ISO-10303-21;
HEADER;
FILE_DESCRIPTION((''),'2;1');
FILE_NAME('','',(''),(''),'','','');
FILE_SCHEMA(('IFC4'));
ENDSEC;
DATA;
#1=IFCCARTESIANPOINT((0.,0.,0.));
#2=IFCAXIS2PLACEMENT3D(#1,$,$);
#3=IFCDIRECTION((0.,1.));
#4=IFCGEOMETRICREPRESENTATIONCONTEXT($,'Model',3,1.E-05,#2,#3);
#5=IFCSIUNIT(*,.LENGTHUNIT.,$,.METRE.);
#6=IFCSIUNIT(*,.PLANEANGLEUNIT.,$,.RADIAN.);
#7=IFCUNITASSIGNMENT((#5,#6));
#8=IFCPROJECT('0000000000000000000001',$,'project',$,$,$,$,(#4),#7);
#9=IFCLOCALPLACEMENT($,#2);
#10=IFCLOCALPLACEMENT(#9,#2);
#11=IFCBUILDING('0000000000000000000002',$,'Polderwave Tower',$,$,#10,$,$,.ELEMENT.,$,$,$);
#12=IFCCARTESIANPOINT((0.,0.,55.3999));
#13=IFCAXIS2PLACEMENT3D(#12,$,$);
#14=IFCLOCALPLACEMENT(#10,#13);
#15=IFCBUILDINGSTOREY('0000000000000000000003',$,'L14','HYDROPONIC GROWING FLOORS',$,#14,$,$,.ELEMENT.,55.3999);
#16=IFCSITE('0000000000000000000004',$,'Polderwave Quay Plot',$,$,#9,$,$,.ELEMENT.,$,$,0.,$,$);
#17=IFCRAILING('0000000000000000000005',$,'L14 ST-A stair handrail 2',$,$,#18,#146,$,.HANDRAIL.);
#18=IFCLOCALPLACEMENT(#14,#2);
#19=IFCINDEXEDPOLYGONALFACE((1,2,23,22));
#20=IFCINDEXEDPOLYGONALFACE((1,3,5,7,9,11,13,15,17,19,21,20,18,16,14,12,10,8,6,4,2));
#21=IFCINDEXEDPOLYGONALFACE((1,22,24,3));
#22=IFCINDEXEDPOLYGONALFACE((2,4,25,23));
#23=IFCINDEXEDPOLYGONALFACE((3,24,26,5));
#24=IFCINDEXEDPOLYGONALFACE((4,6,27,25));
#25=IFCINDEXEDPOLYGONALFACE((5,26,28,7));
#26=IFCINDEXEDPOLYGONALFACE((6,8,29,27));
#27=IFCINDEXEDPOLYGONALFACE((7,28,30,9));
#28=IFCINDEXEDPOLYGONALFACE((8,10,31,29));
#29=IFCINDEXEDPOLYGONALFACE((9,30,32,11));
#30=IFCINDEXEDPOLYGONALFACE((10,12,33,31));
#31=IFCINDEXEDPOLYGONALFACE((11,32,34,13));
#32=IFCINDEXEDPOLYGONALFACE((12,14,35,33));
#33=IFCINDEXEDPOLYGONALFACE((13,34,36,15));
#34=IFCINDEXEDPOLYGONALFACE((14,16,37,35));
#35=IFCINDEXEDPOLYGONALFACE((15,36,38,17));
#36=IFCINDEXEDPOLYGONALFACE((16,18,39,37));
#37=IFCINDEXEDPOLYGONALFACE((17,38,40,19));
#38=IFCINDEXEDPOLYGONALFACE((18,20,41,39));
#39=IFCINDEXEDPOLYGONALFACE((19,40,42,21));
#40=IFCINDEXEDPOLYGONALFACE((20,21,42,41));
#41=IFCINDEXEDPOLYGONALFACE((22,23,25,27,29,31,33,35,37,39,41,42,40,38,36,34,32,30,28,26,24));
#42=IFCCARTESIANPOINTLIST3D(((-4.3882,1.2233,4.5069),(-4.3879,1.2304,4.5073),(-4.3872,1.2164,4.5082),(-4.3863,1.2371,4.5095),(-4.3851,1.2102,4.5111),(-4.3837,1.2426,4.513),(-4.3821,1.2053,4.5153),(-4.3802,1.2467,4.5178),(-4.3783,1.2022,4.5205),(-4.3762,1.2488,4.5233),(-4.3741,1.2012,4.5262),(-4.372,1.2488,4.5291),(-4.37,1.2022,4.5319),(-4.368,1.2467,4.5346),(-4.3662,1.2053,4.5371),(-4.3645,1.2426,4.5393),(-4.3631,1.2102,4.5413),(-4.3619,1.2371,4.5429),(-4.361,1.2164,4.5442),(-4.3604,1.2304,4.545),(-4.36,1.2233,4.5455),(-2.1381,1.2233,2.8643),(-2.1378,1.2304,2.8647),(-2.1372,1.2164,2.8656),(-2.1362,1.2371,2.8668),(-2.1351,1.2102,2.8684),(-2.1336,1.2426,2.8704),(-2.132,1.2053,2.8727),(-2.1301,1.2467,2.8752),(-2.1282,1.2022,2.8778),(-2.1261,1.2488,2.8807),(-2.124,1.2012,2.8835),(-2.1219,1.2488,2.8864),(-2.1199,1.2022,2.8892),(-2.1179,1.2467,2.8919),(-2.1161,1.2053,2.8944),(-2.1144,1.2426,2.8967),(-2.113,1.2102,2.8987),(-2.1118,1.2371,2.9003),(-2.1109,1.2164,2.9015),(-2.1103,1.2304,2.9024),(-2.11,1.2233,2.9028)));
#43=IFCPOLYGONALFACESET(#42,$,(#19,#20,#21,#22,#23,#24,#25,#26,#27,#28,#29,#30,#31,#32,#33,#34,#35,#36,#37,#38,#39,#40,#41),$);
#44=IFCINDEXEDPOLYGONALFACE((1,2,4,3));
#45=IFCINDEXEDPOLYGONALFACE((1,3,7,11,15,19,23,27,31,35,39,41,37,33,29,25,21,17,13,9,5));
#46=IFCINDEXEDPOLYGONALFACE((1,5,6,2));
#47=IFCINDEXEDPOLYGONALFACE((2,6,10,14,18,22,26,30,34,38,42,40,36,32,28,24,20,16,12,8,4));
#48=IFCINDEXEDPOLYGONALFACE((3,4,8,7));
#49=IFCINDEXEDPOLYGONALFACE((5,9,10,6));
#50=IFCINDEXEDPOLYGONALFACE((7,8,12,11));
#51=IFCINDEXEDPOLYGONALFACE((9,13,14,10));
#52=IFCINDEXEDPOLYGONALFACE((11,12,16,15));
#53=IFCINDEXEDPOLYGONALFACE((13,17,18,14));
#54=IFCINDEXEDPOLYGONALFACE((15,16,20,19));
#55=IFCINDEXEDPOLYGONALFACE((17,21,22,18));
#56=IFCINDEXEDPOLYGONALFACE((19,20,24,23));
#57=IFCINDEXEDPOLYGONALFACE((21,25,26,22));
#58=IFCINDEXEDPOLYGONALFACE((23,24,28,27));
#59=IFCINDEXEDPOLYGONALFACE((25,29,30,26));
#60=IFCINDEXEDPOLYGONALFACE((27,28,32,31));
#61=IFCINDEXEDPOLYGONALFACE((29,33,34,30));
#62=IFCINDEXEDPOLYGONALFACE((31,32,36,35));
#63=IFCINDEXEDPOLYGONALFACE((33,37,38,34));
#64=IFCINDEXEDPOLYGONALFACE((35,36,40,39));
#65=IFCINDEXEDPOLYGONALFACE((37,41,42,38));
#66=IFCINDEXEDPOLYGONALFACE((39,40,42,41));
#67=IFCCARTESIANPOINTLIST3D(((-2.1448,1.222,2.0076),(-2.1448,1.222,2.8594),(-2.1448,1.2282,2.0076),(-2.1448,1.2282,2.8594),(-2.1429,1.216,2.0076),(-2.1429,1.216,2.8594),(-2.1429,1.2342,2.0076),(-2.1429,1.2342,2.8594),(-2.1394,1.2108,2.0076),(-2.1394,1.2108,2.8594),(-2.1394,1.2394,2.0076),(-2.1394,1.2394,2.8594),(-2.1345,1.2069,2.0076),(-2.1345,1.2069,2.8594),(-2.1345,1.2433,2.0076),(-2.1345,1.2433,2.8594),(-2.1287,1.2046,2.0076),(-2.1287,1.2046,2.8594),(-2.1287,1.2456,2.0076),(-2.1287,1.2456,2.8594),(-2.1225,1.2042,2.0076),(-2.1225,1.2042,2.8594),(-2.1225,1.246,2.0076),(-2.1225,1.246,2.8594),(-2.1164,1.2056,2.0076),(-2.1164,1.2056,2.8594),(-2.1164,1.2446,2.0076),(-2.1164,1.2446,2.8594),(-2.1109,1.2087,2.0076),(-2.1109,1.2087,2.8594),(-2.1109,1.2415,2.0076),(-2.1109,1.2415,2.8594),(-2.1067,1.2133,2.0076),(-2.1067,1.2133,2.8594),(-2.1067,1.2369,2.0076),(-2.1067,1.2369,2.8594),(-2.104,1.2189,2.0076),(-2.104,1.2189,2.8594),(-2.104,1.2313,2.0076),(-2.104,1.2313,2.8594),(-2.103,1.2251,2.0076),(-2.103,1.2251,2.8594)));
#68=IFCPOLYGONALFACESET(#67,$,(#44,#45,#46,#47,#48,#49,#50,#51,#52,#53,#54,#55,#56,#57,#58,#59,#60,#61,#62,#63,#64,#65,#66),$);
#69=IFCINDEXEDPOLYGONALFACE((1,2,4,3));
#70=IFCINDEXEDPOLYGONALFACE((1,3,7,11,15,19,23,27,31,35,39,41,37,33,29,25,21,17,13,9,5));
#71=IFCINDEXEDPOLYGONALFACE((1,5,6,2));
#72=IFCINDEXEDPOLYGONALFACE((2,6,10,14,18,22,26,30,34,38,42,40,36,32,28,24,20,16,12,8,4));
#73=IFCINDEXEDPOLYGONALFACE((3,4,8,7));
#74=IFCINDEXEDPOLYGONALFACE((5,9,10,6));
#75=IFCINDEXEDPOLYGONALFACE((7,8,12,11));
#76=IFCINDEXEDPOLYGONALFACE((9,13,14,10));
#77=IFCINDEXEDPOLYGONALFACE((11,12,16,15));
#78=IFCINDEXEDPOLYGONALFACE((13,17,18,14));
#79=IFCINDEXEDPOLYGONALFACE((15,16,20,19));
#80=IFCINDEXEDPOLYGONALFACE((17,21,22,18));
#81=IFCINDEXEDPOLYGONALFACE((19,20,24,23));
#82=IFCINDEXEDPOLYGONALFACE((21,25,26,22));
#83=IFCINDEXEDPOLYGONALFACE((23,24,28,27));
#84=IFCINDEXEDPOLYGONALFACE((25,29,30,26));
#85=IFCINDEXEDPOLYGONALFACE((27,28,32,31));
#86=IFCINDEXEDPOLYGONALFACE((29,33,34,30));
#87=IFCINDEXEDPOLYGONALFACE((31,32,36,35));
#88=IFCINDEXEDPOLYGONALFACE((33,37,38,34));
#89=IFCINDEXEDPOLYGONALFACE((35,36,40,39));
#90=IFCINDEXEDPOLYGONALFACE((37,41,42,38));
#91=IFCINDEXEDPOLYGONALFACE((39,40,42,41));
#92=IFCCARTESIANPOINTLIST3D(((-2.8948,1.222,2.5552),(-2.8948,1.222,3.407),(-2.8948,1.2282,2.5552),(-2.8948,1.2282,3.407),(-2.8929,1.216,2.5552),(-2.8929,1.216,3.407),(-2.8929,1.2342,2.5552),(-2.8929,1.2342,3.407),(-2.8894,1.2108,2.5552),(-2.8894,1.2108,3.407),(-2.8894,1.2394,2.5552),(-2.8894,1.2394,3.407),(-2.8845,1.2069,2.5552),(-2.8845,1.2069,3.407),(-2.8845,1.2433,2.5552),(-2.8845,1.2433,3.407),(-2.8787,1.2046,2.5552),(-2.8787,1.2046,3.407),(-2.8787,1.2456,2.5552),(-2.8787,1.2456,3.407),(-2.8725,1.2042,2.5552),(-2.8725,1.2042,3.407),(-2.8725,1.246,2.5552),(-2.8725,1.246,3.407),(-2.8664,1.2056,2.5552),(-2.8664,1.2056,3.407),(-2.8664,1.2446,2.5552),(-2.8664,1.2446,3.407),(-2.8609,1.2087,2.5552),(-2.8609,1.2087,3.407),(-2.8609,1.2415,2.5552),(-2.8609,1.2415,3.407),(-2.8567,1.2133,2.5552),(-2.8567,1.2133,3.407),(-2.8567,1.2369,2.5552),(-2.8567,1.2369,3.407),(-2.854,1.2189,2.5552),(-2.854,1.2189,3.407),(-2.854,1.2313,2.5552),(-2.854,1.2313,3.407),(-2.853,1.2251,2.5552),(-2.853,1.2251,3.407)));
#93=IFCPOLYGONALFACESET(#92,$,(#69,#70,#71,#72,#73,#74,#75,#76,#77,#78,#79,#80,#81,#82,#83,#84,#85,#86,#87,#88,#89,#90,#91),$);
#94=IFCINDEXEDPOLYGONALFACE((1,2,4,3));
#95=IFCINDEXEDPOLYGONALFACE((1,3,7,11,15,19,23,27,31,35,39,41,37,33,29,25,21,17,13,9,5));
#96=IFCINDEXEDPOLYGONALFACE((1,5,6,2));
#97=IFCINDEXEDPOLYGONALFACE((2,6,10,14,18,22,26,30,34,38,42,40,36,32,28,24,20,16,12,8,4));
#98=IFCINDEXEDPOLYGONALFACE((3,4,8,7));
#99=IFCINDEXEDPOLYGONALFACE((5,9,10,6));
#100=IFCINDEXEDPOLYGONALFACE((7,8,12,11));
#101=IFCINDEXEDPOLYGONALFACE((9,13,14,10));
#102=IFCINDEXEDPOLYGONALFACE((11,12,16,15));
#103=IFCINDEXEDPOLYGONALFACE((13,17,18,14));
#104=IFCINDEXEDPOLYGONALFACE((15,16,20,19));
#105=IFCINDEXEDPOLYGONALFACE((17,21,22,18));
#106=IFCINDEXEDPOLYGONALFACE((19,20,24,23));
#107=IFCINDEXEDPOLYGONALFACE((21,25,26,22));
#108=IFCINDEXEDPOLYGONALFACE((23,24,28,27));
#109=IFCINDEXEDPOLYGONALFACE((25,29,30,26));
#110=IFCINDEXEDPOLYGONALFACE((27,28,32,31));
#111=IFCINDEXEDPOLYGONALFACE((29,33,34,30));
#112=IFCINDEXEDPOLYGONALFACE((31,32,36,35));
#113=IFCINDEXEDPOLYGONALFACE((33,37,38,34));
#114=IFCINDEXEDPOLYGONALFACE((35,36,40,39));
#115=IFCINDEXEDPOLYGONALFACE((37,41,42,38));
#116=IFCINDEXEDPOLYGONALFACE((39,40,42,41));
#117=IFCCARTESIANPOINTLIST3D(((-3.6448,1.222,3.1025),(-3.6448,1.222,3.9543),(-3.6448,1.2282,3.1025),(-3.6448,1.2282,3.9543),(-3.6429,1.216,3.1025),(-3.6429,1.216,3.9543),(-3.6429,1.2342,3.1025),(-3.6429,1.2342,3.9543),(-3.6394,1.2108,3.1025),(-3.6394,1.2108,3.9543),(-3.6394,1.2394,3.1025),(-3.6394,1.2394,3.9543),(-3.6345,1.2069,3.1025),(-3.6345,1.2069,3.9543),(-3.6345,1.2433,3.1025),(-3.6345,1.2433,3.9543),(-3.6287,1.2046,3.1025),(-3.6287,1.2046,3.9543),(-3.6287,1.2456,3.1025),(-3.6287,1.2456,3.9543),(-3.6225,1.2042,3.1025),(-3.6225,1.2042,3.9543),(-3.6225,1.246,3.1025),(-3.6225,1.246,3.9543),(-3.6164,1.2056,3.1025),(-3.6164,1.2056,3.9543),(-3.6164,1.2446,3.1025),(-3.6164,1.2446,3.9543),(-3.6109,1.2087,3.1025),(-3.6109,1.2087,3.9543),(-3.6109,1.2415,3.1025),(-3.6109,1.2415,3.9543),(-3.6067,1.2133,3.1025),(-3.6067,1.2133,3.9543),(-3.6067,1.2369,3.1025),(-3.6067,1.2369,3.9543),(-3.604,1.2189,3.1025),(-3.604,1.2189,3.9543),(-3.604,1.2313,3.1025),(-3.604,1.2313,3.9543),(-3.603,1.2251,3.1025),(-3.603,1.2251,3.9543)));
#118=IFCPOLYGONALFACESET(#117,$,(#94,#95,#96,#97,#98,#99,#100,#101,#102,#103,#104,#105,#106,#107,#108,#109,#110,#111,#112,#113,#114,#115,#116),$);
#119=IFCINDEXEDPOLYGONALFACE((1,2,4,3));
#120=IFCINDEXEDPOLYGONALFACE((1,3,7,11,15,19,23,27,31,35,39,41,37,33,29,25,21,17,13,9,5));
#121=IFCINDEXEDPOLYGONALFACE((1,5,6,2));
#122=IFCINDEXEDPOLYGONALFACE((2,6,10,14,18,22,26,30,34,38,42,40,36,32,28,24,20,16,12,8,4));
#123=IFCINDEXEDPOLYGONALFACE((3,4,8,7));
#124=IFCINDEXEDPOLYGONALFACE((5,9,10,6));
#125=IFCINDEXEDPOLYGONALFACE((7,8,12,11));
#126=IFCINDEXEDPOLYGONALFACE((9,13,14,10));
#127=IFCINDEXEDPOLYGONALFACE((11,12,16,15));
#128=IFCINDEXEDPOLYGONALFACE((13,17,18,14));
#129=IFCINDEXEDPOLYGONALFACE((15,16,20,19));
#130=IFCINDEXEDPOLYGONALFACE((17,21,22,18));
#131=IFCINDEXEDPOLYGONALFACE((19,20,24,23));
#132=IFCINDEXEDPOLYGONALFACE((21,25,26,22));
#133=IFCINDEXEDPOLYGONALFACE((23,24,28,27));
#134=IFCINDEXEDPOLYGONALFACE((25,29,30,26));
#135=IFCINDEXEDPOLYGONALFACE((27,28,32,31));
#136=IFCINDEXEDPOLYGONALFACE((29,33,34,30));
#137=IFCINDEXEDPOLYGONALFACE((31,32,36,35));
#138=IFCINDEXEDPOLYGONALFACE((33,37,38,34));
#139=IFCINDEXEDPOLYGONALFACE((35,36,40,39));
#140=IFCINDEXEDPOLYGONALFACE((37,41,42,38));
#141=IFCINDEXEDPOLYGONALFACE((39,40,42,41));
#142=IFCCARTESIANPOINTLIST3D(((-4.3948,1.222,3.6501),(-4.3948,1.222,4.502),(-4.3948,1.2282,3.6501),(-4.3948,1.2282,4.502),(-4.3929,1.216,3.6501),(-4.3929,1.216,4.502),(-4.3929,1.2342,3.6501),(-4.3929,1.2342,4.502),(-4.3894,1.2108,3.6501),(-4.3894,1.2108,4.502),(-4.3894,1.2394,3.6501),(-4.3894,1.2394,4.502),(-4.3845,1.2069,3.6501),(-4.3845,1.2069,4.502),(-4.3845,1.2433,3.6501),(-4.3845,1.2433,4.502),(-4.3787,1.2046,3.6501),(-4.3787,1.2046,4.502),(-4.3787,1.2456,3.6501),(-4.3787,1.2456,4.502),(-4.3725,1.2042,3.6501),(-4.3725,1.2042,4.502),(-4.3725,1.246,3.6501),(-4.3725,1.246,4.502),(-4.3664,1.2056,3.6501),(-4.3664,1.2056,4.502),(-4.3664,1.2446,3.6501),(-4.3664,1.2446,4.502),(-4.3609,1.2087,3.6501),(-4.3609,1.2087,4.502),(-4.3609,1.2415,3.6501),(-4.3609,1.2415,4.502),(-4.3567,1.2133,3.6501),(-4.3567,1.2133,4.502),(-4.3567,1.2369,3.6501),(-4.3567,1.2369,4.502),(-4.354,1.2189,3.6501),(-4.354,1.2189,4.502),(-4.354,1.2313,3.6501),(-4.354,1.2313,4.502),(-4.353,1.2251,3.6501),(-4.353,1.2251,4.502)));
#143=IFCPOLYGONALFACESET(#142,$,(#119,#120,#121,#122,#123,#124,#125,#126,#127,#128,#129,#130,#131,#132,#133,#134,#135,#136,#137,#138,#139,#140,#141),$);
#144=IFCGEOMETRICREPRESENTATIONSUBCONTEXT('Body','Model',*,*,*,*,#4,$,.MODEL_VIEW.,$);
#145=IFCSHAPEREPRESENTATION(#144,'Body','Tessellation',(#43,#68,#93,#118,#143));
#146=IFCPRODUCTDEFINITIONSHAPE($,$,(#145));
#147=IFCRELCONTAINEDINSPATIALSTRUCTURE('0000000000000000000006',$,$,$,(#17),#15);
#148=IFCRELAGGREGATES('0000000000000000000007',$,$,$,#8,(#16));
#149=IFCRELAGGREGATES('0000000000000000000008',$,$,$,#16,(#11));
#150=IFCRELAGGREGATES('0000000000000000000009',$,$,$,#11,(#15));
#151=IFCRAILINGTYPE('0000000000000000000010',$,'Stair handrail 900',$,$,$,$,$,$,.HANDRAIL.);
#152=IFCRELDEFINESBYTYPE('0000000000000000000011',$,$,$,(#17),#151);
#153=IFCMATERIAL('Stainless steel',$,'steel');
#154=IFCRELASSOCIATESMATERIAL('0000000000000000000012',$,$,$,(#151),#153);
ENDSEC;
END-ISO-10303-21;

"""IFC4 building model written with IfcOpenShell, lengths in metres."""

from ifc_helpers import new_model, si_unit, direction, frame, origin, origin_2d, place, context, subcontext, project, spatial, circle, extrude, material, type_object, element, save


model = new_model("IFC4")

# Units and contexts
model_context = context("Model", 3, precision=1e-05, world=origin(), true_north=direction((0.0, 1.0)))
body_context = subcontext(model_context, "Body", "Model", "MODEL_VIEW")
ifc_project = project(units=[si_unit("LENGTHUNIT", "METRE"), si_unit("PLANEANGLEUNIT", "RADIAN")], contexts=[model_context])

# Site, building, storey
site_placement = place(None, origin())
site = spatial("IfcSite", under=ifc_project, at=site_placement, Name="Polderwave Quay Plot", CompositionType="ELEMENT", RefElevation=0.0)
building_placement = place(site_placement, origin())
building = spatial("IfcBuilding", under=site, at=building_placement, Name="Polderwave Tower", CompositionType="ELEMENT")
storey_placement = place(building_placement, frame((0.0, 0.0, 55.3999)))
storey = spatial("IfcBuildingStorey", under=building, at=storey_placement, Name="L14", Description="HYDROPONIC GROWING FLOORS", CompositionType="ELEMENT", Elevation=55.3999)

# Railing
ifc_material_1 = material(Name="Stainless steel", Category="steel")
railing_type_1 = type_object("IfcRailingType", Name="Stair handrail 900", PredefinedType="HANDRAIL", material=ifc_material_1)
railing_1_placement = place(storey_placement, frame((-2.124, 1.2251, 2.0076)))
element("IfcRailing", 1, at=railing_1_placement, inside=storey, type_object=railing_type_1, Name="L14 ST-A stair handrail 2", PredefinedType="HANDRAIL", context=body_context, shape_type="SweptSolid", body=[
    extrude(circle(Radius=0.0239, at=origin_2d()), frame((0.0, 0.0, 0.876), z_axis=(-0.807674, 0.0, 0.58963), x_axis=(0.0, -1.0, 0.0)), (0.0, 0.0, 1.0), 2.7859),
    extrude(circle(Radius=0.021, at=origin_2d()), origin(), (0.0, 0.0, 1.0), 0.8518),
    extrude(circle(Radius=0.021, at=origin_2d()), frame((-0.75, 0.0, 0.5476)), (0.0, 0.0, 1.0), 0.8518),
    extrude(circle(Radius=0.021, at=origin_2d()), frame((-1.5, 0.0, 1.095)), (0.0, 0.0, 1.0), 0.8518),
    extrude(circle(Radius=0.021, at=origin_2d()), frame((-2.25, 0.0, 1.6426)), (0.0, 0.0, 1.0), 0.8518),
])

save(model, "model.ifc")
